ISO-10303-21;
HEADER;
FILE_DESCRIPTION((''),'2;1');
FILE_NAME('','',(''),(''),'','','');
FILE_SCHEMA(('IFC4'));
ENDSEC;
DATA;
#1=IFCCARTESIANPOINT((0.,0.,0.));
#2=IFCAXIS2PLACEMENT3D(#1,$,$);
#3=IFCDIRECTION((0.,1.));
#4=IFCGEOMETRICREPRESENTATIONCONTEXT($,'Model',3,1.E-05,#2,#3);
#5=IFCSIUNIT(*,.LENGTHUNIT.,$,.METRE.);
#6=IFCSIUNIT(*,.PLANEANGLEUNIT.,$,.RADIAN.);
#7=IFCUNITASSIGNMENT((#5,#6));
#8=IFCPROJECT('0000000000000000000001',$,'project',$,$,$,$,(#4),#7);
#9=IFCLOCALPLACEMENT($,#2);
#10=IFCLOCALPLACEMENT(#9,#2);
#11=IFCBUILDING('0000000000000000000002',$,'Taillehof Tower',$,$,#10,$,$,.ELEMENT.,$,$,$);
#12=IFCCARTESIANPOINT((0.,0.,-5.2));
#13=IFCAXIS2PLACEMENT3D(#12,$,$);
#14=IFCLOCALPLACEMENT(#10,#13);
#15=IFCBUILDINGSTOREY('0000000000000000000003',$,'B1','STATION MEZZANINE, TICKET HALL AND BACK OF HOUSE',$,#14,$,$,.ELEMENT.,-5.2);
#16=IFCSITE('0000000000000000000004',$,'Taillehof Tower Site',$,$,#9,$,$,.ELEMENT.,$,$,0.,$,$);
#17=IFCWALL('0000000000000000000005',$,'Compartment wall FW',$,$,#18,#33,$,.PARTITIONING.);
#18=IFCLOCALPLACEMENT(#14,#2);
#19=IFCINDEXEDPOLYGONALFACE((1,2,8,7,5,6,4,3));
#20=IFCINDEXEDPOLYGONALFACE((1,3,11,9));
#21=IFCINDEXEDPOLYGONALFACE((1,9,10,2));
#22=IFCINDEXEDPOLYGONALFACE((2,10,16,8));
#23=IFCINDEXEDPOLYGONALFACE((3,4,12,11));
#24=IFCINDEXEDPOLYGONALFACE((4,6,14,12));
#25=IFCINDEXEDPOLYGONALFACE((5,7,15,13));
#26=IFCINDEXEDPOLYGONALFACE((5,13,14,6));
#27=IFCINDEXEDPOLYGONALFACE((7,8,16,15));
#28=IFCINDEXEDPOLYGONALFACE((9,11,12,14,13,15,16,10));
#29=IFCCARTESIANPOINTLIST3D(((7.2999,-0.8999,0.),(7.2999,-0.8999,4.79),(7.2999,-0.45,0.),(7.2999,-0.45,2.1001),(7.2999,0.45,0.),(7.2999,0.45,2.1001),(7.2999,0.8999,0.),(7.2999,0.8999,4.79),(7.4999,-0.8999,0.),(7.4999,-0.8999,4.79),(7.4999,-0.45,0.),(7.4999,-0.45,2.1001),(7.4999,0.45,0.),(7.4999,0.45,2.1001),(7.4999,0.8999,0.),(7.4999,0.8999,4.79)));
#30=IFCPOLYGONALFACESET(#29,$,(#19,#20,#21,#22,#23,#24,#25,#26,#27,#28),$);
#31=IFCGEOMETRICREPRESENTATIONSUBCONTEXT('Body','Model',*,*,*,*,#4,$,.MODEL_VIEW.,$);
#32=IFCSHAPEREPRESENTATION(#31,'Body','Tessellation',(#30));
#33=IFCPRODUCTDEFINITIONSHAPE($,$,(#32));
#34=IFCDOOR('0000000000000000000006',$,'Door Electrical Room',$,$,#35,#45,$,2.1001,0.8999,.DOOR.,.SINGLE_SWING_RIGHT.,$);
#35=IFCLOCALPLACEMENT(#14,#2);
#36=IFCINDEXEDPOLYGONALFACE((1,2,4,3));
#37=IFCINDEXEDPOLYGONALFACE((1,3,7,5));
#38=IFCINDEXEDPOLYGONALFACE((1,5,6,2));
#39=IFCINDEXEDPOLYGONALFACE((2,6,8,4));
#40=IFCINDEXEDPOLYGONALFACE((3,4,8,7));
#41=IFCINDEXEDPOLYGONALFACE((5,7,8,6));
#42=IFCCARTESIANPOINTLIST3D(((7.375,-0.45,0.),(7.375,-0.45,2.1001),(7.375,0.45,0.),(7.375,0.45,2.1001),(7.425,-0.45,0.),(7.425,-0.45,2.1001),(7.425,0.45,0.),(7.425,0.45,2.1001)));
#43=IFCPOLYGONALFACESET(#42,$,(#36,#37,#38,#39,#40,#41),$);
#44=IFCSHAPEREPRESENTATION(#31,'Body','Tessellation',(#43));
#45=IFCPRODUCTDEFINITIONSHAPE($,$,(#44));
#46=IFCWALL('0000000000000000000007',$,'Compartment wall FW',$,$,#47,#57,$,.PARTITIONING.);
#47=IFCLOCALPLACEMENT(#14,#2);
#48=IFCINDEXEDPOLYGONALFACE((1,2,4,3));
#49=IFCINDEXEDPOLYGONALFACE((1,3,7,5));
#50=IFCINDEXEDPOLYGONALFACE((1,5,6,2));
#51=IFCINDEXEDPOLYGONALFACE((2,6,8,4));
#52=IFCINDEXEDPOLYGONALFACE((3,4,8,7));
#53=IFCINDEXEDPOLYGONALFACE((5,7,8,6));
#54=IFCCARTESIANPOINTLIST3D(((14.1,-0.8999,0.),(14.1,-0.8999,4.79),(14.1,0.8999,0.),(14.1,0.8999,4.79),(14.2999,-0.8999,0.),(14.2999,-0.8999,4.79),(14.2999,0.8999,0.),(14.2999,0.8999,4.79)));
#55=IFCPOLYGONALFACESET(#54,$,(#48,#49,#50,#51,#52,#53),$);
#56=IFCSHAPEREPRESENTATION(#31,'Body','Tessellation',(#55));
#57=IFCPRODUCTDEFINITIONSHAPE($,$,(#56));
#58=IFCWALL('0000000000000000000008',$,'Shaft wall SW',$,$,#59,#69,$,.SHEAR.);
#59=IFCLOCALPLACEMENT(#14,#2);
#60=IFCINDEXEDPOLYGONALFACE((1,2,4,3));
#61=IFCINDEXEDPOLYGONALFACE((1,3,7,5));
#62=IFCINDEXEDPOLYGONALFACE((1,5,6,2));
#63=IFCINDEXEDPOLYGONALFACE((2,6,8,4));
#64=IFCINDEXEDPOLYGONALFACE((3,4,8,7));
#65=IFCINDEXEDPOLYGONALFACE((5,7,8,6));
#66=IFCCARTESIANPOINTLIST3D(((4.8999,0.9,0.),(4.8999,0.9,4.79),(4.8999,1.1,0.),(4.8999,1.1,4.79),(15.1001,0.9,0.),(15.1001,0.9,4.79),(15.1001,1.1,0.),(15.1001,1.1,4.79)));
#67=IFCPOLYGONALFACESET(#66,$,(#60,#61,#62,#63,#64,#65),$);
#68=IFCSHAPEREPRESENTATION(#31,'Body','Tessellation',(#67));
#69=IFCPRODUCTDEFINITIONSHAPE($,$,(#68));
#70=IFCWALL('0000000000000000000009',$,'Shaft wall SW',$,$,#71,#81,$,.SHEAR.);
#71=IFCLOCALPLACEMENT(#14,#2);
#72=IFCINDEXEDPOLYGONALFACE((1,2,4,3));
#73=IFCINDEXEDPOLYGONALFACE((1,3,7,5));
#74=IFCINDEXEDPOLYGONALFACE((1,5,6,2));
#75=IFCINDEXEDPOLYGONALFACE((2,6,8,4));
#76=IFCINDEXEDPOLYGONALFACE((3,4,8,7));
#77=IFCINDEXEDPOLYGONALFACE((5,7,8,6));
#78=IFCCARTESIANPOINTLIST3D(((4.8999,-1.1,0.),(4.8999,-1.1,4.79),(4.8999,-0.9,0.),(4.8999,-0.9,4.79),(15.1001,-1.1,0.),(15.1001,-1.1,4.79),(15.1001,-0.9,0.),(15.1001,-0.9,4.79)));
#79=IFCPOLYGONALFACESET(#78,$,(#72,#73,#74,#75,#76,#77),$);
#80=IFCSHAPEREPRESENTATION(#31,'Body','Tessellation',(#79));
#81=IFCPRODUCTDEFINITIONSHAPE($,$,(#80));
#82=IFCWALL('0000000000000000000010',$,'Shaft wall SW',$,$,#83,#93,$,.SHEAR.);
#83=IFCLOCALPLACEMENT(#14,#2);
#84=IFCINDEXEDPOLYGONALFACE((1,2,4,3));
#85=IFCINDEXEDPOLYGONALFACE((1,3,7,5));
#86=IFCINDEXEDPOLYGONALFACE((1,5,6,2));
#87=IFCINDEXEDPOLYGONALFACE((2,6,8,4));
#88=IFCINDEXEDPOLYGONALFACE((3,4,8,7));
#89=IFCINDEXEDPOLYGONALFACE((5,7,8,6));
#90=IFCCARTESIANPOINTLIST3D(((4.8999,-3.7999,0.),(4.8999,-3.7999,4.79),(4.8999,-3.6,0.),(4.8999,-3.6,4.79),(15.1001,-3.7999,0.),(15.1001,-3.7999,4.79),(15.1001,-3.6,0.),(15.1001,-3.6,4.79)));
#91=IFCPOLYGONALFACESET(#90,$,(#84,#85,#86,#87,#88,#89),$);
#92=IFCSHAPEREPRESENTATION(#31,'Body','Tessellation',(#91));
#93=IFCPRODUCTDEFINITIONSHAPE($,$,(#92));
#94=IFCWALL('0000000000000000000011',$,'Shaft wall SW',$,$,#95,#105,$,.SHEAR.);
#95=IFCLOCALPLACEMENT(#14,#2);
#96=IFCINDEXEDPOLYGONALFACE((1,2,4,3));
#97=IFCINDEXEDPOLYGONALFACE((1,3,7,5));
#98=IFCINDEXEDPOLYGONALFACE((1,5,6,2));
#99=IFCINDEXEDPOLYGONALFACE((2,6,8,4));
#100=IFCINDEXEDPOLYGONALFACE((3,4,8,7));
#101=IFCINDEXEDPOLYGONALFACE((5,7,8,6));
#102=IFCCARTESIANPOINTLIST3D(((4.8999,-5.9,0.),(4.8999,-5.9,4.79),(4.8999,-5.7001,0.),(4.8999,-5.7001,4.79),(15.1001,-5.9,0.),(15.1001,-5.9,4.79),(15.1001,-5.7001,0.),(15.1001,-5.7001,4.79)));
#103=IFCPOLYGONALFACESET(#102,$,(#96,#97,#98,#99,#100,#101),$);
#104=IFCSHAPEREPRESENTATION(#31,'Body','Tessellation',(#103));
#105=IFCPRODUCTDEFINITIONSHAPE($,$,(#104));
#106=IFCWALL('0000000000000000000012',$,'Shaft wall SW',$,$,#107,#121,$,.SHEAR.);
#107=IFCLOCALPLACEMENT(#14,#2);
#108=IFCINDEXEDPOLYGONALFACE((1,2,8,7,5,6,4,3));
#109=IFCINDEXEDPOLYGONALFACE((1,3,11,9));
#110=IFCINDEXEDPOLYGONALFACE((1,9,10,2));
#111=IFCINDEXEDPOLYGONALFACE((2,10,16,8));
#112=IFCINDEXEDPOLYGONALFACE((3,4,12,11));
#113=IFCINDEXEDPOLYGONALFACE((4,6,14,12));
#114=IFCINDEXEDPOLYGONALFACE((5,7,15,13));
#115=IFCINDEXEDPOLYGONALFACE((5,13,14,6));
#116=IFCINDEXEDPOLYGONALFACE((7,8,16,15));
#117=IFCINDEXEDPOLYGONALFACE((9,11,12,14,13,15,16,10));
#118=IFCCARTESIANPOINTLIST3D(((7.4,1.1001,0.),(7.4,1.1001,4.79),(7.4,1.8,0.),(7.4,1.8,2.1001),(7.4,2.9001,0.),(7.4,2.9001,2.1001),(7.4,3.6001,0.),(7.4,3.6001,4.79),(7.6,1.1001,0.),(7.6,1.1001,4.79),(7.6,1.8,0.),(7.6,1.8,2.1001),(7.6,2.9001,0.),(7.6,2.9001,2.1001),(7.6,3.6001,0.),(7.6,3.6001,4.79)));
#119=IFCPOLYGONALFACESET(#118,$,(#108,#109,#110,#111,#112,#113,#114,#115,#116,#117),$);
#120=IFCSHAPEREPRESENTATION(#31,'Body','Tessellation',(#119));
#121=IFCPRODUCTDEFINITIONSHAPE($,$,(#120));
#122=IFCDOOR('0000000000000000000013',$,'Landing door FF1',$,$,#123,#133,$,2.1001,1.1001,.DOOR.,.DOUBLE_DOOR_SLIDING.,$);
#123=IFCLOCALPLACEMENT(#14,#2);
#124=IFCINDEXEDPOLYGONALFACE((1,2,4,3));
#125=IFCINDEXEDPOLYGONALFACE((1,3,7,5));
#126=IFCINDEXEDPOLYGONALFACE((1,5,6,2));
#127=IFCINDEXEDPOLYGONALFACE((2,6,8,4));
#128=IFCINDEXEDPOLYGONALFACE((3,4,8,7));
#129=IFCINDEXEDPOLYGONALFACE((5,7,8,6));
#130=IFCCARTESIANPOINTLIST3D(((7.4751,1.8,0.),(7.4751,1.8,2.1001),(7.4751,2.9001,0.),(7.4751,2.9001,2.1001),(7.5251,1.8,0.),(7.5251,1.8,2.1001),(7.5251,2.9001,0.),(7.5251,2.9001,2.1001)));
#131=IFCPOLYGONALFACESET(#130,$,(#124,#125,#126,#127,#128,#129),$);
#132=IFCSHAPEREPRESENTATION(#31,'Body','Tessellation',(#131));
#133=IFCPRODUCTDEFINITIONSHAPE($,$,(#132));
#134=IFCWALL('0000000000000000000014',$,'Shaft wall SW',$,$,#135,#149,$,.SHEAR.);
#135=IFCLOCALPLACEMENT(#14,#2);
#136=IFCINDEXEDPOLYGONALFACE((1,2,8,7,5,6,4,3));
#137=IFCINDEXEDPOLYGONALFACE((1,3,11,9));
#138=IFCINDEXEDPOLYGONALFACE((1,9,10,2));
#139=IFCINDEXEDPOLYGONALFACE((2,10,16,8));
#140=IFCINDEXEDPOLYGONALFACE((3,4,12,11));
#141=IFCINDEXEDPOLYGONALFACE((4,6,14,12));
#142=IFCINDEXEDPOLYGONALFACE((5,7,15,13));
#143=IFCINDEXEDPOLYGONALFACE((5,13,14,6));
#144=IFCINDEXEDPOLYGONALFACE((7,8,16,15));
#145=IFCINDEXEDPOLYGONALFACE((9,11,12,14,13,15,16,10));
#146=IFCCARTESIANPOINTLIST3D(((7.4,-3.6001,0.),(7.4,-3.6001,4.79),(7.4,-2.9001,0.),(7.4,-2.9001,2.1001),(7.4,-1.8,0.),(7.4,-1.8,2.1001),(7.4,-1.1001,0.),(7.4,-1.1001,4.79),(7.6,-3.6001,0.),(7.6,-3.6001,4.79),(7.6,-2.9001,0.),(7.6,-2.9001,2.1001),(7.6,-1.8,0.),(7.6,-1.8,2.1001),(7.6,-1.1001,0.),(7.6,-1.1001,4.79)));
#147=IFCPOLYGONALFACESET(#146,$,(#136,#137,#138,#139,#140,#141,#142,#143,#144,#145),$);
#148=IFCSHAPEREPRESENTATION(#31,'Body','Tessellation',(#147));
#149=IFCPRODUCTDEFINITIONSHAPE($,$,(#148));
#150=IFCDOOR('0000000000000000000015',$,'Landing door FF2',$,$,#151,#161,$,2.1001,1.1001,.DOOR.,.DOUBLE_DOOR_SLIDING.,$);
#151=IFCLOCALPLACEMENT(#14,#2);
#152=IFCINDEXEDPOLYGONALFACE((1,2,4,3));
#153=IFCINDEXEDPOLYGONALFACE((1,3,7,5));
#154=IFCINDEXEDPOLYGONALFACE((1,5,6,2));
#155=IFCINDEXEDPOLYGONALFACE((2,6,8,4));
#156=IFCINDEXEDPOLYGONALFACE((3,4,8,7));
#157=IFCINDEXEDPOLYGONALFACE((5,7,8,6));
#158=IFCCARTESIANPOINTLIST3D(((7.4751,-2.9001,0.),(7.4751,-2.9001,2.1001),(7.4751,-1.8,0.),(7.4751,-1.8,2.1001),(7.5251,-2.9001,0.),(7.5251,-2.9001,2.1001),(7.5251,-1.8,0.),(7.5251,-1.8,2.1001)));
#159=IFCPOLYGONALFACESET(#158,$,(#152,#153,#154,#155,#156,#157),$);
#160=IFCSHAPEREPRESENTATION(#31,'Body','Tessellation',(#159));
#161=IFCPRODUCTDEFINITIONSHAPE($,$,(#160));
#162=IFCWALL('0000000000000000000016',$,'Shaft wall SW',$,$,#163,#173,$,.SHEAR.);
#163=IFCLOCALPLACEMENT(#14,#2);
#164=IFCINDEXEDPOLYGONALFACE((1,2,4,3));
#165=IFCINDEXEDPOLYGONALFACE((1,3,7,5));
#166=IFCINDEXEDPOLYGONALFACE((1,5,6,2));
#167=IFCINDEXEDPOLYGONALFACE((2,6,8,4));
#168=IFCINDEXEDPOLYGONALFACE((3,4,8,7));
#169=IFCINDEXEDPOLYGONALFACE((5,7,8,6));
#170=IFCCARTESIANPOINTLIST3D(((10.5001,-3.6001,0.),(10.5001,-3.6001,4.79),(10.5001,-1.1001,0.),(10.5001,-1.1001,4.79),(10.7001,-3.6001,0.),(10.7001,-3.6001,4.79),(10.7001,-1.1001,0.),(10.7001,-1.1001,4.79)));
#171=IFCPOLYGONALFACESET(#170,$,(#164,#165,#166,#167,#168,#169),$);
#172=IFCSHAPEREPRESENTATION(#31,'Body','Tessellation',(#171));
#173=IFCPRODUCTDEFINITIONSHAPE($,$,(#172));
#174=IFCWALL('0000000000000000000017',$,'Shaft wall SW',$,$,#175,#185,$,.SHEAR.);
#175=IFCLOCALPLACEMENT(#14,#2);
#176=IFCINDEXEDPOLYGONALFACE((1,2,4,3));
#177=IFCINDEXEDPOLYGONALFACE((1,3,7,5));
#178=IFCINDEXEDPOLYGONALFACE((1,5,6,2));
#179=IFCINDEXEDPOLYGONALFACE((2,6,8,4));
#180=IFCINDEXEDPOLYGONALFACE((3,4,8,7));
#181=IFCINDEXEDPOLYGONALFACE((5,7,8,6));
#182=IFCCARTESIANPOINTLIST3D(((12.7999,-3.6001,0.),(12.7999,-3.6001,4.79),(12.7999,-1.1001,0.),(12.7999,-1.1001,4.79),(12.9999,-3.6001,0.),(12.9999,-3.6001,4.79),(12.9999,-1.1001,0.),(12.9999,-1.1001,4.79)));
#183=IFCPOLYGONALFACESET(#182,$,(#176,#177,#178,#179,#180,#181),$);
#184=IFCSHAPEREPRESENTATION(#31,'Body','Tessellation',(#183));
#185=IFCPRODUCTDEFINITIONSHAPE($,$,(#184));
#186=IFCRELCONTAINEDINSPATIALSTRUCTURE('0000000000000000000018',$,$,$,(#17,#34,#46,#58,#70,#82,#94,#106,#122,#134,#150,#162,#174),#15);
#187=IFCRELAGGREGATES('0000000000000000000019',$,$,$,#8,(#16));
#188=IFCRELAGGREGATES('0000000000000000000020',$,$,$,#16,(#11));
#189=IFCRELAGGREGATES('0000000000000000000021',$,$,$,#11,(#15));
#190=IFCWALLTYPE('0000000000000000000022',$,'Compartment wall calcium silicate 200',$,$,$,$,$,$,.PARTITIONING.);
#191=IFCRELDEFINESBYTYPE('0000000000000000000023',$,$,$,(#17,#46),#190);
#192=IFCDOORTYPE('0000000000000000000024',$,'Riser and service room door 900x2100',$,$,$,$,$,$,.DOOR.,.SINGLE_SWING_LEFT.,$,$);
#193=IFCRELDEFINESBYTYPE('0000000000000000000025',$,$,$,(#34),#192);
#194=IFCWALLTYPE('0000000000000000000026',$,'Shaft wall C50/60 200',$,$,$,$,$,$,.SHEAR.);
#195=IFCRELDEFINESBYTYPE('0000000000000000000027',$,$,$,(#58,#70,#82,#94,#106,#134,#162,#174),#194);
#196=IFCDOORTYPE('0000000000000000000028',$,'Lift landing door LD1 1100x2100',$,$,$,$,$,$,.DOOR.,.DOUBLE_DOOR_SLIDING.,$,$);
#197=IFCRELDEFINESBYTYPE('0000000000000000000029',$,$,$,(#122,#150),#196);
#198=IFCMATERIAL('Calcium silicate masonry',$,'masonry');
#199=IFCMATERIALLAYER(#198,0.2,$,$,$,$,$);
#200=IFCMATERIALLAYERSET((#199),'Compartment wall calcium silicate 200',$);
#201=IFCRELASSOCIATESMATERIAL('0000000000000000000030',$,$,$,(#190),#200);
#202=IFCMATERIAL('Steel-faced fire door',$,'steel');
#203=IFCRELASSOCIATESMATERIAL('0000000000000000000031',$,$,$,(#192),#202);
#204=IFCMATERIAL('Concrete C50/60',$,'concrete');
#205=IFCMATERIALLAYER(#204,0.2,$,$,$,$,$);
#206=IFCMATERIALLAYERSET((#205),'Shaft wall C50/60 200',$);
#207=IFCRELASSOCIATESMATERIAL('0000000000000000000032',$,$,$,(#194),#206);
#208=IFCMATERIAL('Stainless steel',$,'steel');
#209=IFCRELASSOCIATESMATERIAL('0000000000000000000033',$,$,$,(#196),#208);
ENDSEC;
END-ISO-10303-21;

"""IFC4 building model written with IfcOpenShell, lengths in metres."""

from ifc_helpers import new_model, si_unit, direction, frame, frame_2d, origin, place, context, subcontext, project, spatial, rectangle, extrude, material, layer, layer_set, type_object, element, fill, save


model = new_model("IFC4")

# Units and contexts
model_context = context("Model", 3, precision=1e-05, world=origin(), true_north=direction((0.0, 1.0)))
body_context = subcontext(model_context, "Body", "Model", "MODEL_VIEW")
ifc_project = project(units=[si_unit("LENGTHUNIT", "METRE"), si_unit("PLANEANGLEUNIT", "RADIAN")], contexts=[model_context])

# Site, building, storey
site_placement = place(None, origin())
site = spatial("IfcSite", under=ifc_project, at=site_placement, Name="Taillehof Tower Site", CompositionType="ELEMENT", RefElevation=0.0)
building_placement = place(site_placement, origin())
building = spatial("IfcBuilding", under=site, at=building_placement, Name="Taillehof Tower", CompositionType="ELEMENT")
storey_placement = place(building_placement, frame((0.0, 0.0, -5.2)))
storey = spatial("IfcBuildingStorey", under=building, at=storey_placement, Name="B1", Description="STATION MEZZANINE, TICKET HALL AND BACK OF HOUSE", CompositionType="ELEMENT", Elevation=-5.2)

# Wall, opening, door
ifc_material_1 = material(Name="Calcium silicate masonry", Category="masonry")
ifc_layer_1 = layer(ifc_material_1, 0.2)
ifc_layer_set_1 = layer_set([ifc_layer_1], Name="Compartment wall calcium silicate 200")
wall_type_1 = type_object("IfcWallType", Name="Compartment wall calcium silicate 200", PredefinedType="PARTITIONING", material=ifc_layer_set_1)
wall_1_placement = place(storey_placement, frame((7.3999, -0.8999, 0.0), z_axis=(0.0, 0.0, 1.0), x_axis=(0.0, 1.0, 0.0)))
wall_1 = element("IfcWall", 1, at=wall_1_placement, inside=storey, type_object=wall_type_1, Name="Compartment wall FW", PredefinedType="PARTITIONING", context=body_context, shape_type="SweptSolid", body=[
    extrude(rectangle(XDim=1.7998, YDim=0.2, at=frame_2d((0.8999, 0.0))), origin(), (0.0, 0.0, 1.0), 4.79),
])
opening_1_placement = place(wall_1_placement, frame((0.45, 0.0, 0.0)))
opening_1 = element("IfcOpeningElement", 2, at=opening_1_placement, cuts=wall_1, PredefinedType="OPENING", context=body_context, shape_type="SweptSolid", body=[
    extrude(rectangle(XDim=0.8999, YDim=2.1001, at=frame_2d((0.45, 1.05))), frame((0.0, 0.1099, 0.0), z_axis=(0.0, -1.0, 0.0), x_axis=(1.0, 0.0, 0.0)), (0.0, 0.0, 1.0), 0.22),
])
ifc_material_2 = material(Name="Steel-faced fire door", Category="steel")
door_type_1 = type_object("IfcDoorType", Name="Riser and service room door 900x2100", OperationType="SINGLE_SWING_LEFT", PredefinedType="DOOR", material=ifc_material_2)
door_1_placement = place(opening_1_placement, origin())
door_1 = element("IfcDoor", 3, at=door_1_placement, inside=storey, type_object=door_type_1, Name="Door Electrical Room", OperationType="SINGLE_SWING_RIGHT", OverallHeight=2.1001, OverallWidth=0.8999, PredefinedType="DOOR", context=body_context, shape_type="SweptSolid", body=[
    extrude(rectangle(XDim=0.8999, YDim=2.1001, at=frame_2d((0.45, 1.05))), frame((0.0, 0.0249, 0.0), z_axis=(0.0, -1.0, 0.0), x_axis=(1.0, 0.0, 0.0)), (0.0, 0.0, 1.0), 0.05),
])
fill(opening_1, door_1)

# Walls
wall_2_placement = place(storey_placement, frame((14.2, -0.8999, 0.0), z_axis=(0.0, 0.0, 1.0), x_axis=(0.0, 1.0, 0.0)))
element("IfcWall", 4, at=wall_2_placement, inside=storey, type_object=wall_type_1, Name="Compartment wall FW", PredefinedType="PARTITIONING", context=body_context, shape_type="SweptSolid", body=[
    extrude(rectangle(XDim=1.7998, YDim=0.2, at=frame_2d((0.8999, 0.0))), origin(), (0.0, 0.0, 1.0), 4.79),
])
ifc_material_3 = material(Name="Concrete C50/60", Category="concrete")
ifc_layer_2 = layer(ifc_material_3, 0.2)
ifc_layer_set_2 = layer_set([ifc_layer_2], Name="Shaft wall C50/60 200")
wall_type_2 = type_object("IfcWallType", Name="Shaft wall C50/60 200", PredefinedType="SHEAR", material=ifc_layer_set_2)
for number, where, z_axis, x_axis, name in (
    (5, (4.8999, 1.0, 0.0), (0.0, 0.0, 1.0), (1.0, 0.0, 0.0), "Shaft wall SW"),
    (6, (4.8999, -1.0, 0.0), (0.0, 0.0, 1.0), (1.0, 0.0, 0.0), "Shaft wall SW"),
    (7, (4.8999, -3.7, 0.0), (0.0, 0.0, 1.0), (1.0, 0.0, 0.0), "Shaft wall SW"),
    (8, (4.8999, -5.8, 0.0), (0.0, 0.0, 1.0), (1.0, 0.0, 0.0), "Shaft wall SW"),
):
    element("IfcWall", number, at=place(storey_placement, frame(where, z_axis=z_axis, x_axis=x_axis)), inside=storey, type_object=wall_type_2, Name=name, PredefinedType="SHEAR", context=body_context, shape_type="SweptSolid", body=[
        extrude(rectangle(XDim=10.2002, YDim=0.2, at=frame_2d((5.1001, 0.0))), origin(), (0.0, 0.0, 1.0), 4.79),
    ])

# Walls, openings, doors
wall_3_placement = place(storey_placement, frame((7.5, 1.1001, 0.0), z_axis=(0.0, 0.0, 1.0), x_axis=(0.0, 1.0, 0.0)))
wall_3 = element("IfcWall", 9, at=wall_3_placement, inside=storey, type_object=wall_type_2, Name="Shaft wall SW", PredefinedType="SHEAR", context=body_context, shape_type="SweptSolid", body=[
    extrude(rectangle(XDim=2.5, YDim=0.2, at=frame_2d((1.25, 0.0))), origin(), (0.0, 0.0, 1.0), 4.79),
])
opening_2_placement = place(wall_3_placement, frame((0.7, 0.0, 0.0)))
opening_2 = element("IfcOpeningElement", 10, at=opening_2_placement, cuts=wall_3, PredefinedType="OPENING", context=body_context, shape_type="SweptSolid", body=[
    extrude(rectangle(XDim=1.1001, YDim=2.1001, at=frame_2d((0.55, 1.05))), frame((0.0, 0.1099, 0.0), z_axis=(0.0, -1.0, 0.0), x_axis=(1.0, 0.0, 0.0)), (0.0, 0.0, 1.0), 0.22),
])
ifc_material_4 = material(Name="Stainless steel", Category="steel")
door_type_2 = type_object("IfcDoorType", Name="Lift landing door LD1 1100x2100", OperationType="DOUBLE_DOOR_SLIDING", PredefinedType="DOOR", material=ifc_material_4)
door_2_placement = place(opening_2_placement, origin())
door_2 = element("IfcDoor", 11, at=door_2_placement, inside=storey, type_object=door_type_2, Name="Landing door FF1", OperationType="DOUBLE_DOOR_SLIDING", OverallHeight=2.1001, OverallWidth=1.1001, PredefinedType="DOOR", context=body_context, shape_type="SweptSolid", body=[
    extrude(rectangle(XDim=1.1001, YDim=2.1001, at=frame_2d((0.55, 1.05))), frame((0.0, 0.0249, 0.0), z_axis=(0.0, -1.0, 0.0), x_axis=(1.0, 0.0, 0.0)), (0.0, 0.0, 1.0), 0.05),
])
fill(opening_2, door_2)
wall_4_placement = place(storey_placement, frame((7.5, -3.6001, 0.0), z_axis=(0.0, 0.0, 1.0), x_axis=(0.0, 1.0, 0.0)))
wall_4 = element("IfcWall", 12, at=wall_4_placement, inside=storey, type_object=wall_type_2, Name="Shaft wall SW", PredefinedType="SHEAR", context=body_context, shape_type="SweptSolid", body=[
    extrude(rectangle(XDim=2.5, YDim=0.2, at=frame_2d((1.25, 0.0))), origin(), (0.0, 0.0, 1.0), 4.79),
])
opening_3_placement = place(wall_4_placement, frame((0.7, 0.0, 0.0)))
opening_3 = element("IfcOpeningElement", 13, at=opening_3_placement, cuts=wall_4, PredefinedType="OPENING", context=body_context, shape_type="SweptSolid", body=[
    extrude(rectangle(XDim=1.1001, YDim=2.1001, at=frame_2d((0.55, 1.05))), frame((0.0, 0.1099, 0.0), z_axis=(0.0, -1.0, 0.0), x_axis=(1.0, 0.0, 0.0)), (0.0, 0.0, 1.0), 0.22),
])
door_3_placement = place(opening_3_placement, origin())
door_3 = element("IfcDoor", 14, at=door_3_placement, inside=storey, type_object=door_type_2, Name="Landing door FF2", OperationType="DOUBLE_DOOR_SLIDING", OverallHeight=2.1001, OverallWidth=1.1001, PredefinedType="DOOR", context=body_context, shape_type="SweptSolid", body=[
    extrude(rectangle(XDim=1.1001, YDim=2.1001, at=frame_2d((0.55, 1.05))), frame((0.0, 0.0249, 0.0), z_axis=(0.0, -1.0, 0.0), x_axis=(1.0, 0.0, 0.0)), (0.0, 0.0, 1.0), 0.05),
])
fill(opening_3, door_3)

# Walls
for number, where, z_axis, x_axis, name in (
    (15, (10.6001, -3.6001, 0.0), (0.0, 0.0, 1.0), (0.0, 1.0, 0.0), "Shaft wall SW"),
    (16, (12.8999, -3.6001, 0.0), (0.0, 0.0, 1.0), (0.0, 1.0, 0.0), "Shaft wall SW"),
):
    element("IfcWall", number, at=place(storey_placement, frame(where, z_axis=z_axis, x_axis=x_axis)), inside=storey, type_object=wall_type_2, Name=name, PredefinedType="SHEAR", context=body_context, shape_type="SweptSolid", body=[
        extrude(rectangle(XDim=2.5, YDim=0.2, at=frame_2d((1.25, 0.0))), origin(), (0.0, 0.0, 1.0), 4.79),
    ])

save(model, "model.ifc")
